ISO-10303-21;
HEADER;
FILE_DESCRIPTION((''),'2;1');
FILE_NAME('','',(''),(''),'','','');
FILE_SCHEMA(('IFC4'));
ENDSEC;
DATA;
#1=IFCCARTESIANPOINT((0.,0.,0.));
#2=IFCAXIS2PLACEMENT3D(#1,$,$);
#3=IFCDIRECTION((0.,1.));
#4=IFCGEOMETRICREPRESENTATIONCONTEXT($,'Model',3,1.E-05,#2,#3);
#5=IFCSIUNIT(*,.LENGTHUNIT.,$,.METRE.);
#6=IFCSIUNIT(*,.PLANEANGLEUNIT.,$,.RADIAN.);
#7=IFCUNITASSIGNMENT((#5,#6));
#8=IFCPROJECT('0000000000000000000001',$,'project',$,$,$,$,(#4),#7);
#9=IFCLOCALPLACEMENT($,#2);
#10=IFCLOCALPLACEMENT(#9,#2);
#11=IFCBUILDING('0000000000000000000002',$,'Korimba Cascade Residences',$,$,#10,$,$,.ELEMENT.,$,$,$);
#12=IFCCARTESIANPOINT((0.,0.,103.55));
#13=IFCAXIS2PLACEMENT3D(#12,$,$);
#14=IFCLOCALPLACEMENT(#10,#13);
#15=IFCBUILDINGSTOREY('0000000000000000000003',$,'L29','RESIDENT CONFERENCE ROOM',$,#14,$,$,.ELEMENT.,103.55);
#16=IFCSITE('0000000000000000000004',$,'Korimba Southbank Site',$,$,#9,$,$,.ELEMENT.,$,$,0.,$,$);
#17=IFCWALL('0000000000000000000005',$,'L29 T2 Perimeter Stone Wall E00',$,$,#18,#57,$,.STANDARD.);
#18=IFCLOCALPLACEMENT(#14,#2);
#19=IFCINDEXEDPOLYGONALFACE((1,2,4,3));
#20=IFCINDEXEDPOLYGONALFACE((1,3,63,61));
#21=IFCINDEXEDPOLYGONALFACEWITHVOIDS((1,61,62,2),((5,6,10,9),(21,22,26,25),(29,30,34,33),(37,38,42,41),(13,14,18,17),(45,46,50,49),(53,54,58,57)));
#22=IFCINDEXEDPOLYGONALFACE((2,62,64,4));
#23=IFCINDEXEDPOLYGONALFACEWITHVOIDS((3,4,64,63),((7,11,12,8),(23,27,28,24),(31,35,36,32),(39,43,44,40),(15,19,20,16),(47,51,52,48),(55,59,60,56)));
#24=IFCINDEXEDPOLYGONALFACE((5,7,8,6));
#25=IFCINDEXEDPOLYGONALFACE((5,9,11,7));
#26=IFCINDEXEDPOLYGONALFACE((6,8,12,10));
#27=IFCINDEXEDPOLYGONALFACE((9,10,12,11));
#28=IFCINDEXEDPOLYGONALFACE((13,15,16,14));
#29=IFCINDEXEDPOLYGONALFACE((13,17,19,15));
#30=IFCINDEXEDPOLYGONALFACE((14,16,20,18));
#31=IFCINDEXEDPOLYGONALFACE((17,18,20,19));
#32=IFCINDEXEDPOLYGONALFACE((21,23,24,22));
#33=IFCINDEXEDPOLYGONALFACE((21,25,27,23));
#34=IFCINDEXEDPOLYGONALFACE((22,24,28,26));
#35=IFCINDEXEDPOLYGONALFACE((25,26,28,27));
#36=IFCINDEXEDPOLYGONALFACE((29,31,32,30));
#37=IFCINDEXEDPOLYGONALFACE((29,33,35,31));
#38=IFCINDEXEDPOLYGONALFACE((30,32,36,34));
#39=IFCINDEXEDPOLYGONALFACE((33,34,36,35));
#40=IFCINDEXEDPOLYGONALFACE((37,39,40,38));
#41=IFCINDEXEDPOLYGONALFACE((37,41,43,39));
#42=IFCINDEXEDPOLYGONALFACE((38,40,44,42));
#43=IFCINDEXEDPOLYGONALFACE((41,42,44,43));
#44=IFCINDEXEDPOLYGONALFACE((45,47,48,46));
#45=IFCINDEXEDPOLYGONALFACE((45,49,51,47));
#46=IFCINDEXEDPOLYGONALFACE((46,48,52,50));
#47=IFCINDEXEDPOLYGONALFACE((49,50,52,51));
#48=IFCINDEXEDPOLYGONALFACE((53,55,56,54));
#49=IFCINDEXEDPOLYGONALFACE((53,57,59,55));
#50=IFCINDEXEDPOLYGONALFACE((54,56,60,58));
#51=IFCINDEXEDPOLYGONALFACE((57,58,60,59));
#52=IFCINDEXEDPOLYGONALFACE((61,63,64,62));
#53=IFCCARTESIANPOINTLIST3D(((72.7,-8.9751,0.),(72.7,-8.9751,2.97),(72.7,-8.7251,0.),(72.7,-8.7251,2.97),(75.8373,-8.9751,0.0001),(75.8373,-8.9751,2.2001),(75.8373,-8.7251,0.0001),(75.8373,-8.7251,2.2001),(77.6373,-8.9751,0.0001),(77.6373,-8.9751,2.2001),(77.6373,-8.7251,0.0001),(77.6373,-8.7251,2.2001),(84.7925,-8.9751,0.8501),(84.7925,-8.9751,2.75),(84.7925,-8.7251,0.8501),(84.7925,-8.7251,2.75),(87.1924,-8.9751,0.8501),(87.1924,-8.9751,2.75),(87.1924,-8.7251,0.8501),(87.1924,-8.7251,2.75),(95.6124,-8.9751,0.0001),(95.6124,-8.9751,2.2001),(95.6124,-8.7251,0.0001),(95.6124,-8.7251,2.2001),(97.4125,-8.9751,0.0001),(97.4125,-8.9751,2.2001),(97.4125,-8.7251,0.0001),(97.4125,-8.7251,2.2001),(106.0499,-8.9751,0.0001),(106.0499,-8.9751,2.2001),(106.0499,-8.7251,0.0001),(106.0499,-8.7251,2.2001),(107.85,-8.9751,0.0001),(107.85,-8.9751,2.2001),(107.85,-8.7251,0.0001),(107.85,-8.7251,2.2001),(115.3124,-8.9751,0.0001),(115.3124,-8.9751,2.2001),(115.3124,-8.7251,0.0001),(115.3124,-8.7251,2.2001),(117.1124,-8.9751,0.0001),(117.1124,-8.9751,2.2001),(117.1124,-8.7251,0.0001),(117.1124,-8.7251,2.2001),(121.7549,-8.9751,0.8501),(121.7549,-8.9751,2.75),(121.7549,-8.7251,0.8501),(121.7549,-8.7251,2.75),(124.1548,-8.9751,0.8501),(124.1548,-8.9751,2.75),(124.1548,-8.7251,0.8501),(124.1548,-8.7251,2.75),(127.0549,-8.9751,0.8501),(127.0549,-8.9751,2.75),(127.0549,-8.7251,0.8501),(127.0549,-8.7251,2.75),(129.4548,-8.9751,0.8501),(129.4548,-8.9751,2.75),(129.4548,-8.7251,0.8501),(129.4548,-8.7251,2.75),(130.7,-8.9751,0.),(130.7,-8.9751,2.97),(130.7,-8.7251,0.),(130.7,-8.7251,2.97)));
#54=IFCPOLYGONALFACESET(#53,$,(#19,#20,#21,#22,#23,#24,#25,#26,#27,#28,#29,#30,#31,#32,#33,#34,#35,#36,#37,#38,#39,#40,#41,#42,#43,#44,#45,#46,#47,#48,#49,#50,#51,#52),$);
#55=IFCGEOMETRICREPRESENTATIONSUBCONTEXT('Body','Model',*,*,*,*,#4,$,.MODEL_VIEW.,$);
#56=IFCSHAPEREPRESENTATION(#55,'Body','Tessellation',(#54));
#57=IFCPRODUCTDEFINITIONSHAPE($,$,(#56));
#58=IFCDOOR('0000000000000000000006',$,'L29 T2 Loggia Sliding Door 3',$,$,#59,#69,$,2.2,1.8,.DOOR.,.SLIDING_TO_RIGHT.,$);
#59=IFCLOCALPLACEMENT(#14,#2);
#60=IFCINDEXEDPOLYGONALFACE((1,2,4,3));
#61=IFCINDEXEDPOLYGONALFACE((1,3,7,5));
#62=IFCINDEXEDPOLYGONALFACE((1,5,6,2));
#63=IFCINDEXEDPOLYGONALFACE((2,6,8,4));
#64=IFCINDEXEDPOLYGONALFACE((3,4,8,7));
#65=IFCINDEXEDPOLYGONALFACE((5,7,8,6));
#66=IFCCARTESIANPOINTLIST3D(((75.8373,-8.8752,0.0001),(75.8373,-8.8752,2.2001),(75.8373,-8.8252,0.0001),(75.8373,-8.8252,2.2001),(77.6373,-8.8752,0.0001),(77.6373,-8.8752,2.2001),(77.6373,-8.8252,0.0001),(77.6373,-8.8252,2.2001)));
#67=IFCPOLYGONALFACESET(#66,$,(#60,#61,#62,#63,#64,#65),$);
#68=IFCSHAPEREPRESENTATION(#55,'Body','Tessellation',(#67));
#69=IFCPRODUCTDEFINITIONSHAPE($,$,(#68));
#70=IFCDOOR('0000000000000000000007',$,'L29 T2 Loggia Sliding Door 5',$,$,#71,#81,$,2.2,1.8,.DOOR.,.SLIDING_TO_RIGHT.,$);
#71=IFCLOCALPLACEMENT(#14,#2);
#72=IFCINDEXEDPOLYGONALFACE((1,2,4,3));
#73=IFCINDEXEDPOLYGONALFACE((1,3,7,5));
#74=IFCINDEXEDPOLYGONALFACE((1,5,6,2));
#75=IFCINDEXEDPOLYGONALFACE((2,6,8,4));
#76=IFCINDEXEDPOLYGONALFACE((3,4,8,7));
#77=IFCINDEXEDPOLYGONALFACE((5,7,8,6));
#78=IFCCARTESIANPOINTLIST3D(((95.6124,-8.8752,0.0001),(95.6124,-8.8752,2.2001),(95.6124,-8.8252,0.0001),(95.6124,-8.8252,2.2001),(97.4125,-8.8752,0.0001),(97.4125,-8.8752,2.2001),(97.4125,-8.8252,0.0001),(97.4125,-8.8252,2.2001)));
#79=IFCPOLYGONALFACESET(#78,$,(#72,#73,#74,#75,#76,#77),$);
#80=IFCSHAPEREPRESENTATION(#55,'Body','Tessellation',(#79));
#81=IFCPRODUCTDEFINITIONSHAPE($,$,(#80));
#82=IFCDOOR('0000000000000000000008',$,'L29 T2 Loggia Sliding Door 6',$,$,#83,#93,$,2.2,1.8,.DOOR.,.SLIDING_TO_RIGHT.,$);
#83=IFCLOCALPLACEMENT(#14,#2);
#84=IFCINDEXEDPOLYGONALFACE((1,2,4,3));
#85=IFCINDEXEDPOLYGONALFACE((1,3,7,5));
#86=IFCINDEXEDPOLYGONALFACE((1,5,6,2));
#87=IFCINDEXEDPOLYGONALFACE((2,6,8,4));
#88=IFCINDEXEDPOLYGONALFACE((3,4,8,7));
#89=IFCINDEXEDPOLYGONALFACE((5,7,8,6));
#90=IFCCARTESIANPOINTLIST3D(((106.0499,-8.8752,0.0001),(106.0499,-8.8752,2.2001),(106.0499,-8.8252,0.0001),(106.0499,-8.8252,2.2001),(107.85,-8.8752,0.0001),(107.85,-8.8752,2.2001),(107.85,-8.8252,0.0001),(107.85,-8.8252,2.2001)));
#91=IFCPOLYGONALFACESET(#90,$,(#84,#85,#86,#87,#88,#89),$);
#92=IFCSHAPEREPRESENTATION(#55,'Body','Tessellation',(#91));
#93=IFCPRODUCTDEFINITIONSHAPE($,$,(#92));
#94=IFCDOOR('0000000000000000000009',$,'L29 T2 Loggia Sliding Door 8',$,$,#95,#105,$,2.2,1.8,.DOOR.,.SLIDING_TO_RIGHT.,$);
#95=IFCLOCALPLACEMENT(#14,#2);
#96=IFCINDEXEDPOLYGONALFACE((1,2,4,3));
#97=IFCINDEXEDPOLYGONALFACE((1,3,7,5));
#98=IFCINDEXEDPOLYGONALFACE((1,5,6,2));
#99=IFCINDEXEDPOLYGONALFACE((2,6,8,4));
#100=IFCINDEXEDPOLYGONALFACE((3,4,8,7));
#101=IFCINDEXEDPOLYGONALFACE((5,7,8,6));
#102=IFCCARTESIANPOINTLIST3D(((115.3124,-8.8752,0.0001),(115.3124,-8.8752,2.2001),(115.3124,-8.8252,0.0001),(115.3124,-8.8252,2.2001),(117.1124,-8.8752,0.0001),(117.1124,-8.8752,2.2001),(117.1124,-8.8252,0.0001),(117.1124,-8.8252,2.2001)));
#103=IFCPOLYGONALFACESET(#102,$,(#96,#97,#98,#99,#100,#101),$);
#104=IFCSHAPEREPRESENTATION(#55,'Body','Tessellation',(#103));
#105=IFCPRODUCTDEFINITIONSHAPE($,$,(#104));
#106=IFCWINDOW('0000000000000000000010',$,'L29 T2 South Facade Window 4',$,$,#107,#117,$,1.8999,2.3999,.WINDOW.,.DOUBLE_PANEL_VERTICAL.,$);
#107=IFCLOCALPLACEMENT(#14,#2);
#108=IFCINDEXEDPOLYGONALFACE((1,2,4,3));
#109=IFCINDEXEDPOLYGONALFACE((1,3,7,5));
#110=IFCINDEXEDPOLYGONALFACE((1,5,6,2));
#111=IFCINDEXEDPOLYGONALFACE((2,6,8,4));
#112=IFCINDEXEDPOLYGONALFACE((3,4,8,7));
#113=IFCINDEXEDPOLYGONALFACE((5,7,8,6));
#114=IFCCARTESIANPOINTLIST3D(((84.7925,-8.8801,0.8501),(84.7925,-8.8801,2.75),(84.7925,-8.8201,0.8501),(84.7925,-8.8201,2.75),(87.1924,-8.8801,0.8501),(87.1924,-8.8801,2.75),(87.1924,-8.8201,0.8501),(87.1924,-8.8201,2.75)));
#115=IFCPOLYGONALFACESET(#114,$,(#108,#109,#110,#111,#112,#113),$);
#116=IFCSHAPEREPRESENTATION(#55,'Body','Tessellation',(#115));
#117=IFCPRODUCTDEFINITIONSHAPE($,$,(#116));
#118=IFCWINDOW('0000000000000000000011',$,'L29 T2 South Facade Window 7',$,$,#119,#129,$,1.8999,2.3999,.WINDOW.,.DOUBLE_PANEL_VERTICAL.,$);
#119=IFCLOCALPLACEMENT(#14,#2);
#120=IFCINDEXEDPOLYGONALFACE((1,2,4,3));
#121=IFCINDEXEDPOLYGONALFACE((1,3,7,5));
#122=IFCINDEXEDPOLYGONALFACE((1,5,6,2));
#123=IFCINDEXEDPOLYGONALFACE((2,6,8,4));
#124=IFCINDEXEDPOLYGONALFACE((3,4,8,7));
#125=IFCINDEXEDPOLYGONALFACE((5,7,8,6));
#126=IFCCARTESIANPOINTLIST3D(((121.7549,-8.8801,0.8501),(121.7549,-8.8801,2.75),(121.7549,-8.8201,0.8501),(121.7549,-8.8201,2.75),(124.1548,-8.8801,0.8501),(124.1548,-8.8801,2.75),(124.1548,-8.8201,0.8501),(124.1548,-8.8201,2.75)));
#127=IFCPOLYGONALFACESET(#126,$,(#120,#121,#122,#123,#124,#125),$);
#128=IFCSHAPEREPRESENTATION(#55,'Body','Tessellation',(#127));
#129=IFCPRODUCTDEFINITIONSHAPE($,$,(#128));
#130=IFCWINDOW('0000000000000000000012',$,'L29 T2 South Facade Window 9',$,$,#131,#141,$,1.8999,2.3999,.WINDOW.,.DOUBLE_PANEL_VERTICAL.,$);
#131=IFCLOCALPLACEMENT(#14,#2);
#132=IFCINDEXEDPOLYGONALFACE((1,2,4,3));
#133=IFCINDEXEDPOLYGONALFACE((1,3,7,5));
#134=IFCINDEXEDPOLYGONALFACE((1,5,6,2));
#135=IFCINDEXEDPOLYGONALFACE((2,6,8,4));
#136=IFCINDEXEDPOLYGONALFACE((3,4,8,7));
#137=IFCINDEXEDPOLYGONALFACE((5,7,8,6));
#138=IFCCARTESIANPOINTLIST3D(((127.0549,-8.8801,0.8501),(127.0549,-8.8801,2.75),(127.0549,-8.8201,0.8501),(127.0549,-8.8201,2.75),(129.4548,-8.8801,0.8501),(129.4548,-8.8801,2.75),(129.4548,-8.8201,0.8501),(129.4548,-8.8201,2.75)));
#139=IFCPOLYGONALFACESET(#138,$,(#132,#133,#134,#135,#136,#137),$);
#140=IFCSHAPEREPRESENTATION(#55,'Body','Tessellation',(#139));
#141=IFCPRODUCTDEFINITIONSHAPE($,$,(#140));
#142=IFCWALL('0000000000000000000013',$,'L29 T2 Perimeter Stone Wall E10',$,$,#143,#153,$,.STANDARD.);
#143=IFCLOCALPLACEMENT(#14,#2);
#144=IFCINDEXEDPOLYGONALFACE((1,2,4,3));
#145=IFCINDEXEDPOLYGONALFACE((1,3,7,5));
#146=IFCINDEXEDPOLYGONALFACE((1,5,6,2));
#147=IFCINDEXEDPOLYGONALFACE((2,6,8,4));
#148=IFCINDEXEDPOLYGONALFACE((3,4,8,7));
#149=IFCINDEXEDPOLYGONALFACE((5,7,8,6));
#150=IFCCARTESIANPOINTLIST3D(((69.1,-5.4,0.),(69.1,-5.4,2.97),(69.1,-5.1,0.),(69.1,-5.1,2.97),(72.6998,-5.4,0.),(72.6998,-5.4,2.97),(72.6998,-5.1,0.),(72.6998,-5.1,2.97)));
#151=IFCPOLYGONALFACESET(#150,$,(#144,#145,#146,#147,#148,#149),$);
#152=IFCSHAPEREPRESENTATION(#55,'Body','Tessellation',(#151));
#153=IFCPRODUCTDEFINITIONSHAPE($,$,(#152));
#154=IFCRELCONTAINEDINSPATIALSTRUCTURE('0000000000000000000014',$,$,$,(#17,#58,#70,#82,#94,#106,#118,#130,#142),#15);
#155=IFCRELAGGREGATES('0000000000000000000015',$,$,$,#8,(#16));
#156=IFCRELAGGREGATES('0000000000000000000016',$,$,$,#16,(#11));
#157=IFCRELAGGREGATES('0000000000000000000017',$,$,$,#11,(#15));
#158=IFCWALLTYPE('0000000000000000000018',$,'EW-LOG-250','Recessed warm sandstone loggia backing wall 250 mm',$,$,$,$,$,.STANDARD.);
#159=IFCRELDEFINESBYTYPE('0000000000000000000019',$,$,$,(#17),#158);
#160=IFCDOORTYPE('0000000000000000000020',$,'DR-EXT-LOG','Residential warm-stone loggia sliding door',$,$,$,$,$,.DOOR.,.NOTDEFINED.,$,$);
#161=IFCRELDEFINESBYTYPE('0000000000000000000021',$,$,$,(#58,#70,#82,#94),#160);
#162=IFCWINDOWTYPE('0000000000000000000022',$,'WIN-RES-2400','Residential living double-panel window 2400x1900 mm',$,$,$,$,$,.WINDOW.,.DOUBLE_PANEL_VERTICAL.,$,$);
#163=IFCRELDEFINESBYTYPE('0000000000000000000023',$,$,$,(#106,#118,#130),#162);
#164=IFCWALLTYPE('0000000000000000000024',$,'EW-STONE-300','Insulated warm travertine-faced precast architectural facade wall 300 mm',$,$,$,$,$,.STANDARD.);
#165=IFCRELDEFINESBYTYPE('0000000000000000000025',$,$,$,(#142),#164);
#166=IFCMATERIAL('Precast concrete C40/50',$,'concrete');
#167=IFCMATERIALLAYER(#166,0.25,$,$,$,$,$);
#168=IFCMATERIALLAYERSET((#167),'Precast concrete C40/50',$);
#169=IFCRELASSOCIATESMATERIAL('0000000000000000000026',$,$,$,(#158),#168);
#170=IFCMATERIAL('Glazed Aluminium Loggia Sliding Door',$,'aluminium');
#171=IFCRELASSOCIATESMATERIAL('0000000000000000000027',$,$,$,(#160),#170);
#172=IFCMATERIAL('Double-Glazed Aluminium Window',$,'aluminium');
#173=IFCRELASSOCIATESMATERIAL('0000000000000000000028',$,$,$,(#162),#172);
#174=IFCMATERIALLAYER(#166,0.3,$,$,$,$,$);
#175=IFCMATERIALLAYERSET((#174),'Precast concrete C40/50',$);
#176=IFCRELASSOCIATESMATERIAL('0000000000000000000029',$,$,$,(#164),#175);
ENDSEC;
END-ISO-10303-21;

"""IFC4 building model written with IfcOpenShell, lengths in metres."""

from ifc_helpers import new_model, si_unit, direction, frame, frame_2d, origin, place, context, subcontext, project, spatial, rectangle, extrude, material, layer, layer_set, type_object, element, fill, save


model = new_model("IFC4")

# Units and contexts
model_context = context("Model", 3, precision=1e-05, world=origin(), true_north=direction((0.0, 1.0)))
body_context = subcontext(model_context, "Body", "Model", "MODEL_VIEW")
ifc_project = project(units=[si_unit("LENGTHUNIT", "METRE"), si_unit("PLANEANGLEUNIT", "RADIAN")], contexts=[model_context])

# Site, building, storey
site_placement = place(None, origin())
site = spatial("IfcSite", under=ifc_project, at=site_placement, Name="Korimba Southbank Site", CompositionType="ELEMENT", RefElevation=0.0)
building_placement = place(site_placement, origin())
building = spatial("IfcBuilding", under=site, at=building_placement, Name="Korimba Cascade Residences", CompositionType="ELEMENT")
storey_placement = place(building_placement, frame((0.0, 0.0, 103.55)))
storey = spatial("IfcBuildingStorey", under=building, at=storey_placement, Name="L29", Description="RESIDENT CONFERENCE ROOM", CompositionType="ELEMENT", Elevation=103.55)

# Wall, openings, doors, windows
ifc_material_1 = material(Name="Precast concrete C40/50", Category="concrete")
ifc_layer_1 = layer(ifc_material_1, 0.25)
ifc_layer_set_1 = layer_set([ifc_layer_1], Name="Precast concrete C40/50")
wall_type_1 = type_object("IfcWallType", Name="EW-LOG-250", Description="Recessed warm sandstone loggia backing wall 250 mm", PredefinedType="STANDARD", material=ifc_layer_set_1)
wall_1_placement = place(storey_placement, frame((72.7, -8.8501, 0.0), z_axis=(0.0, 0.0, 1.0), x_axis=(1.0, 0.0, 0.0)))
wall_1 = element("IfcWall", 1, at=wall_1_placement, inside=storey, type_object=wall_type_1, Name="L29 T2 Perimeter Stone Wall E00", PredefinedType="STANDARD", context=body_context, shape_type="SweptSolid", body=[
    extrude(rectangle(XDim=58.0, YDim=0.25, at=frame_2d((29.0, 0.0))), origin(), (0.0, 0.0, 1.0), 2.97),
])
opening_1_placement = place(wall_1_placement, frame((3.1375, 0.0, 0.0)))
opening_1 = element("IfcOpeningElement", 2, at=opening_1_placement, cuts=wall_1, PredefinedType="OPENING", context=body_context, shape_type="SweptSolid", body=[
    extrude(rectangle(XDim=1.8, YDim=2.2, at=frame_2d((0.8999, 1.1001))), frame((0.0, 0.135, 0.0), z_axis=(0.0, -1.0, 0.0), x_axis=(1.0, 0.0, 0.0)), (0.0, 0.0, 1.0), 0.27),
])
opening_2_placement = place(wall_1_placement, frame((12.0925, 0.0, 0.8501)))
opening_2 = element("IfcOpeningElement", 3, at=opening_2_placement, cuts=wall_1, PredefinedType="OPENING", context=body_context, shape_type="SweptSolid", body=[
    extrude(rectangle(XDim=2.3999, YDim=1.8999, at=frame_2d((1.2, 0.95))), frame((0.0, 0.135, 0.0), z_axis=(0.0, -1.0, 0.0), x_axis=(1.0, 0.0, 0.0)), (0.0, 0.0, 1.0), 0.27),
])
opening_3_placement = place(wall_1_placement, frame((22.9126, 0.0, 0.0)))
opening_3 = element("IfcOpeningElement", 4, at=opening_3_placement, cuts=wall_1, PredefinedType="OPENING", context=body_context, shape_type="SweptSolid", body=[
    extrude(rectangle(XDim=1.8, YDim=2.2, at=frame_2d((0.8999, 1.1001))), frame((0.0, 0.135, 0.0), z_axis=(0.0, -1.0, 0.0), x_axis=(1.0, 0.0, 0.0)), (0.0, 0.0, 1.0), 0.27),
])
opening_4_placement = place(wall_1_placement, frame((33.3501, 0.0, 0.0)))
opening_4 = element("IfcOpeningElement", 5, at=opening_4_placement, cuts=wall_1, PredefinedType="OPENING", context=body_context, shape_type="SweptSolid", body=[
    extrude(rectangle(XDim=1.8, YDim=2.2, at=frame_2d((0.8999, 1.1001))), frame((0.0, 0.135, 0.0), z_axis=(0.0, -1.0, 0.0), x_axis=(1.0, 0.0, 0.0)), (0.0, 0.0, 1.0), 0.27),
])
opening_5_placement = place(wall_1_placement, frame((49.0549, 0.0, 0.8501)))
opening_5 = element("IfcOpeningElement", 6, at=opening_5_placement, cuts=wall_1, PredefinedType="OPENING", context=body_context, shape_type="SweptSolid", body=[
    extrude(rectangle(XDim=2.3999, YDim=1.8999, at=frame_2d((1.2, 0.95))), frame((0.0, 0.135, 0.0), z_axis=(0.0, -1.0, 0.0), x_axis=(1.0, 0.0, 0.0)), (0.0, 0.0, 1.0), 0.27),
])
opening_6_placement = place(wall_1_placement, frame((42.6125, 0.0, 0.0)))
opening_6 = element("IfcOpeningElement", 7, at=opening_6_placement, cuts=wall_1, PredefinedType="OPENING", context=body_context, shape_type="SweptSolid", body=[
    extrude(rectangle(XDim=1.8, YDim=2.2, at=frame_2d((0.8999, 1.1001))), frame((0.0, 0.135, 0.0), z_axis=(0.0, -1.0, 0.0), x_axis=(1.0, 0.0, 0.0)), (0.0, 0.0, 1.0), 0.27),
])
opening_7_placement = place(wall_1_placement, frame((54.355, 0.0, 0.8501)))
opening_7 = element("IfcOpeningElement", 8, at=opening_7_placement, cuts=wall_1, PredefinedType="OPENING", context=body_context, shape_type="SweptSolid", body=[
    extrude(rectangle(XDim=2.3999, YDim=1.8999, at=frame_2d((1.2, 0.95))), frame((0.0, 0.135, 0.0), z_axis=(0.0, -1.0, 0.0), x_axis=(1.0, 0.0, 0.0)), (0.0, 0.0, 1.0), 0.27),
])
ifc_material_2 = material(Name="Glazed Aluminium Loggia Sliding Door", Category="aluminium")
door_type_1 = type_object("IfcDoorType", Name="DR-EXT-LOG", Description="Residential warm-stone loggia sliding door", OperationType="NOTDEFINED", PredefinedType="DOOR", material=ifc_material_2)
door_1_placement = place(opening_1_placement, origin())
door_1 = element("IfcDoor", 9, at=door_1_placement, inside=storey, type_object=door_type_1, Name="L29 T2 Loggia Sliding Door 3", OperationType="SLIDING_TO_RIGHT", OverallHeight=2.2, OverallWidth=1.8, PredefinedType="DOOR", context=body_context, shape_type="SweptSolid", body=[
    extrude(rectangle(XDim=1.8, YDim=2.2, at=frame_2d((0.8999, 1.1001))), frame((0.0, 0.0249, 0.0), z_axis=(0.0, -1.0, 0.0), x_axis=(1.0, 0.0, 0.0)), (0.0, 0.0, 1.0), 0.05),
])
fill(opening_1, door_1)
door_2_placement = place(opening_3_placement, origin())
door_2 = element("IfcDoor", 10, at=door_2_placement, inside=storey, type_object=door_type_1, Name="L29 T2 Loggia Sliding Door 5", OperationType="SLIDING_TO_RIGHT", OverallHeight=2.2, OverallWidth=1.8, PredefinedType="DOOR", context=body_context, shape_type="SweptSolid", body=[
    extrude(rectangle(XDim=1.8, YDim=2.2, at=frame_2d((0.8999, 1.1001))), frame((0.0, 0.0249, 0.0), z_axis=(0.0, -1.0, 0.0), x_axis=(1.0, 0.0, 0.0)), (0.0, 0.0, 1.0), 0.05),
])
fill(opening_3, door_2)
door_3_placement = place(opening_4_placement, origin())
door_3 = element("IfcDoor", 11, at=door_3_placement, inside=storey, type_object=door_type_1, Name="L29 T2 Loggia Sliding Door 6", OperationType="SLIDING_TO_RIGHT", OverallHeight=2.2, OverallWidth=1.8, PredefinedType="DOOR", context=body_context, shape_type="SweptSolid", body=[
    extrude(rectangle(XDim=1.8, YDim=2.2, at=frame_2d((0.8999, 1.1001))), frame((0.0, 0.0249, 0.0), z_axis=(0.0, -1.0, 0.0), x_axis=(1.0, 0.0, 0.0)), (0.0, 0.0, 1.0), 0.05),
])
fill(opening_4, door_3)
door_4_placement = place(opening_6_placement, origin())
door_4 = element("IfcDoor", 12, at=door_4_placement, inside=storey, type_object=door_type_1, Name="L29 T2 Loggia Sliding Door 8", OperationType="SLIDING_TO_RIGHT", OverallHeight=2.2, OverallWidth=1.8, PredefinedType="DOOR", context=body_context, shape_type="SweptSolid", body=[
    extrude(rectangle(XDim=1.8, YDim=2.2, at=frame_2d((0.8999, 1.1001))), frame((0.0, 0.0249, 0.0), z_axis=(0.0, -1.0, 0.0), x_axis=(1.0, 0.0, 0.0)), (0.0, 0.0, 1.0), 0.05),
])
fill(opening_6, door_4)
ifc_material_3 = material(Name="Double-Glazed Aluminium Window", Category="aluminium")
window_type = type_object("IfcWindowType", Name="WIN-RES-2400", Description="Residential living double-panel window 2400x1900 mm", PartitioningType="DOUBLE_PANEL_VERTICAL", PredefinedType="WINDOW", material=ifc_material_3)
window_1_placement = place(opening_2_placement, origin())
window_1 = element("IfcWindow", 13, at=window_1_placement, inside=storey, type_object=window_type, Name="L29 T2 South Facade Window 4", OverallHeight=1.8999, OverallWidth=2.3999, PartitioningType="DOUBLE_PANEL_VERTICAL", PredefinedType="WINDOW", context=body_context, shape_type="SweptSolid", body=[
    extrude(rectangle(XDim=2.3999, YDim=1.8999, at=frame_2d((1.2, 0.95))), frame((0.0, 0.03, 0.0), z_axis=(0.0, -1.0, 0.0), x_axis=(1.0, 0.0, 0.0)), (0.0, 0.0, 1.0), 0.0601),
])
fill(opening_2, window_1)
window_2_placement = place(opening_5_placement, origin())
window_2 = element("IfcWindow", 14, at=window_2_placement, inside=storey, type_object=window_type, Name="L29 T2 South Facade Window 7", OverallHeight=1.8999, OverallWidth=2.3999, PartitioningType="DOUBLE_PANEL_VERTICAL", PredefinedType="WINDOW", context=body_context, shape_type="SweptSolid", body=[
    extrude(rectangle(XDim=2.3999, YDim=1.8999, at=frame_2d((1.2, 0.95))), frame((0.0, 0.03, 0.0), z_axis=(0.0, -1.0, 0.0), x_axis=(1.0, 0.0, 0.0)), (0.0, 0.0, 1.0), 0.0601),
])
fill(opening_5, window_2)
window_3_placement = place(opening_7_placement, origin())
window_3 = element("IfcWindow", 15, at=window_3_placement, inside=storey, type_object=window_type, Name="L29 T2 South Facade Window 9", OverallHeight=1.8999, OverallWidth=2.3999, PartitioningType="DOUBLE_PANEL_VERTICAL", PredefinedType="WINDOW", context=body_context, shape_type="SweptSolid", body=[
    extrude(rectangle(XDim=2.3999, YDim=1.8999, at=frame_2d((1.2, 0.95))), frame((0.0, 0.03, 0.0), z_axis=(0.0, -1.0, 0.0), x_axis=(1.0, 0.0, 0.0)), (0.0, 0.0, 1.0), 0.0601),
])
fill(opening_7, window_3)

# Wall
ifc_layer_2 = layer(ifc_material_1, 0.3)
ifc_layer_set_2 = layer_set([ifc_layer_2], Name="Precast concrete C40/50")
wall_type_2 = type_object("IfcWallType", Name="EW-STONE-300", Description="Insulated warm travertine-faced precast architectural facade wall 300 mm", PredefinedType="STANDARD", material=ifc_layer_set_2)
wall_2_placement = place(storey_placement, frame((69.1001, -5.25, 0.0), z_axis=(0.0, 0.0, 1.0), x_axis=(1.0, 0.0, 0.0)))
element("IfcWall", 16, at=wall_2_placement, inside=storey, type_object=wall_type_2, Name="L29 T2 Perimeter Stone Wall E10", PredefinedType="STANDARD", context=body_context, shape_type="SweptSolid", body=[
    extrude(rectangle(XDim=3.5999, YDim=0.3, at=frame_2d((1.7998, 0.0))), origin(), (0.0, 0.0, 1.0), 2.97),
])

save(model, "model.ifc")
